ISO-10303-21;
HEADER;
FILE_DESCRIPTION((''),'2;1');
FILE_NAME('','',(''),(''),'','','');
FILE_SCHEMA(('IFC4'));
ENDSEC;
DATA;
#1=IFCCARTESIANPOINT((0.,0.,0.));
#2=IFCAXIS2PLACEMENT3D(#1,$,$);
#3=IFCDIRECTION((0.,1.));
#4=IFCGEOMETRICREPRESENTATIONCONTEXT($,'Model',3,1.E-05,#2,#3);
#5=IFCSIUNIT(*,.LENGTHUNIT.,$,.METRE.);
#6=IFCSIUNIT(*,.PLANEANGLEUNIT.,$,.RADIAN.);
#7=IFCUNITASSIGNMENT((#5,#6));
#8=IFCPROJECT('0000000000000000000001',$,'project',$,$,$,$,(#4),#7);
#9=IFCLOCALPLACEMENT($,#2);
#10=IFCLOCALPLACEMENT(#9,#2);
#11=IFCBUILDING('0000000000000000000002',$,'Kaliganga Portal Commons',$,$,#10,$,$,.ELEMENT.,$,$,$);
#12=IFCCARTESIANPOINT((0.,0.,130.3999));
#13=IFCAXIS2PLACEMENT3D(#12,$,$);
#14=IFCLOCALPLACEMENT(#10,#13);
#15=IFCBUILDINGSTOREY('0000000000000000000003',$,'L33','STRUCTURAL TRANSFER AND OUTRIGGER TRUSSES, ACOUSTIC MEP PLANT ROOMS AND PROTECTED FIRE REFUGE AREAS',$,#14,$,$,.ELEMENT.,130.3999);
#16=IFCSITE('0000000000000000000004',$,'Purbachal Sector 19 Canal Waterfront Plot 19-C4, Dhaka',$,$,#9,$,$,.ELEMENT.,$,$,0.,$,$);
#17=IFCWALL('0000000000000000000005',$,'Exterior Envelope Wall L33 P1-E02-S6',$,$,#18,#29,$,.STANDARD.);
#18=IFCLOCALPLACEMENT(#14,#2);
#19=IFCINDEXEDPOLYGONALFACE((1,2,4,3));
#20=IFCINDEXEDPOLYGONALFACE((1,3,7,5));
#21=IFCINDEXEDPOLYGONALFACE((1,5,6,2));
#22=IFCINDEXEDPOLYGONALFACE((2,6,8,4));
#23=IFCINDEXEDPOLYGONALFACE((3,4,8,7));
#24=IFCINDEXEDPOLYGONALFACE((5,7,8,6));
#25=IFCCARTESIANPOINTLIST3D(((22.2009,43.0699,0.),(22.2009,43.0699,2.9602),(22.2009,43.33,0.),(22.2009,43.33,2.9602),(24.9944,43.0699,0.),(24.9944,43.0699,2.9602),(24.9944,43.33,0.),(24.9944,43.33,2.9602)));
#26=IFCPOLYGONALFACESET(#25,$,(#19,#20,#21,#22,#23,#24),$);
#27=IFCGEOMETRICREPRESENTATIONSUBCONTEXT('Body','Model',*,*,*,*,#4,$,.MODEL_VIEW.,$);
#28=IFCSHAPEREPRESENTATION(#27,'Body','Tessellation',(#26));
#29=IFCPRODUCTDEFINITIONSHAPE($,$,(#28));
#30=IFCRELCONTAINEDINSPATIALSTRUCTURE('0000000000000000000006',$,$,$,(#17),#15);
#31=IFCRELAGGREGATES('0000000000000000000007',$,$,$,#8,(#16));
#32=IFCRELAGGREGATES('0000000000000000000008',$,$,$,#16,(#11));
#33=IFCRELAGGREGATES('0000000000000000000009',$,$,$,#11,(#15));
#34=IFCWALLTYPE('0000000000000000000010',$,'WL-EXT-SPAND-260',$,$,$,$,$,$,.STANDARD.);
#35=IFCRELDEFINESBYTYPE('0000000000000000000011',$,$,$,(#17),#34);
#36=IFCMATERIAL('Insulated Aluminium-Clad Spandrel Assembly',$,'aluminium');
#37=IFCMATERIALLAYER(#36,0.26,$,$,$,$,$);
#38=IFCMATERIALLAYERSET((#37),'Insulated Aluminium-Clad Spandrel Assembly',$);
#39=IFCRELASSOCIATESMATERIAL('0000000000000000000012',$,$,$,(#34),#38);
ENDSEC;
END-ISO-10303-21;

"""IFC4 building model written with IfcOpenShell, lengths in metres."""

from ifc_helpers import new_model, si_unit, direction, frame, frame_2d, origin, place, context, subcontext, project, spatial, rectangle, extrude, material, layer, layer_set, type_object, element, save


model = new_model("IFC4")

# Units and contexts
model_context = context("Model", 3, precision=1e-05, world=origin(), true_north=direction((0.0, 1.0)))
body_context = subcontext(model_context, "Body", "Model", "MODEL_VIEW")
ifc_project = project(units=[si_unit("LENGTHUNIT", "METRE"), si_unit("PLANEANGLEUNIT", "RADIAN")], contexts=[model_context])

# Site, building, storey
site_placement = place(None, origin())
site = spatial("IfcSite", under=ifc_project, at=site_placement, Name="Purbachal Sector 19 Canal Waterfront Plot 19-C4, Dhaka", CompositionType="ELEMENT", RefElevation=0.0)
building_placement = place(site_placement, origin())
building = spatial("IfcBuilding", under=site, at=building_placement, Name="Kaliganga Portal Commons", CompositionType="ELEMENT")
storey_placement = place(building_placement, frame((0.0, 0.0, 130.3999)))
storey = spatial("IfcBuildingStorey", under=building, at=storey_placement, Name="L33", Description="STRUCTURAL TRANSFER AND OUTRIGGER TRUSSES, ACOUSTIC MEP PLANT ROOMS AND PROTECTED FIRE REFUGE AREAS", CompositionType="ELEMENT", Elevation=130.3999)

# Wall
ifc_material_1 = material(Name="Insulated Aluminium-Clad Spandrel Assembly", Category="aluminium")
ifc_layer_1 = layer(ifc_material_1, 0.26)
ifc_layer_set_1 = layer_set([ifc_layer_1], Name="Insulated Aluminium-Clad Spandrel Assembly")
wall_type = type_object("IfcWallType", Name="WL-EXT-SPAND-260", PredefinedType="STANDARD", material=ifc_layer_set_1)
for number, where, z_axis, x_axis, name in (
    (1, (22.2009, 43.2, 0.0), (0.0, 0.0, 1.0), (1.0, 0.0, 0.0), "Exterior Envelope Wall L33 P1-E02-S6"),
):
    element("IfcWall", number, at=place(storey_placement, frame(where, z_axis=z_axis, x_axis=x_axis)), inside=storey, type_object=wall_type, Name=name, PredefinedType="STANDARD", context=body_context, shape_type="SweptSolid", body=[
        extrude(rectangle(XDim=2.7935, YDim=0.26, at=frame_2d((1.3967, 0.0))), origin(), (0.0, 0.0, 1.0), 2.9602),
    ])

save(model, "model.ifc")
